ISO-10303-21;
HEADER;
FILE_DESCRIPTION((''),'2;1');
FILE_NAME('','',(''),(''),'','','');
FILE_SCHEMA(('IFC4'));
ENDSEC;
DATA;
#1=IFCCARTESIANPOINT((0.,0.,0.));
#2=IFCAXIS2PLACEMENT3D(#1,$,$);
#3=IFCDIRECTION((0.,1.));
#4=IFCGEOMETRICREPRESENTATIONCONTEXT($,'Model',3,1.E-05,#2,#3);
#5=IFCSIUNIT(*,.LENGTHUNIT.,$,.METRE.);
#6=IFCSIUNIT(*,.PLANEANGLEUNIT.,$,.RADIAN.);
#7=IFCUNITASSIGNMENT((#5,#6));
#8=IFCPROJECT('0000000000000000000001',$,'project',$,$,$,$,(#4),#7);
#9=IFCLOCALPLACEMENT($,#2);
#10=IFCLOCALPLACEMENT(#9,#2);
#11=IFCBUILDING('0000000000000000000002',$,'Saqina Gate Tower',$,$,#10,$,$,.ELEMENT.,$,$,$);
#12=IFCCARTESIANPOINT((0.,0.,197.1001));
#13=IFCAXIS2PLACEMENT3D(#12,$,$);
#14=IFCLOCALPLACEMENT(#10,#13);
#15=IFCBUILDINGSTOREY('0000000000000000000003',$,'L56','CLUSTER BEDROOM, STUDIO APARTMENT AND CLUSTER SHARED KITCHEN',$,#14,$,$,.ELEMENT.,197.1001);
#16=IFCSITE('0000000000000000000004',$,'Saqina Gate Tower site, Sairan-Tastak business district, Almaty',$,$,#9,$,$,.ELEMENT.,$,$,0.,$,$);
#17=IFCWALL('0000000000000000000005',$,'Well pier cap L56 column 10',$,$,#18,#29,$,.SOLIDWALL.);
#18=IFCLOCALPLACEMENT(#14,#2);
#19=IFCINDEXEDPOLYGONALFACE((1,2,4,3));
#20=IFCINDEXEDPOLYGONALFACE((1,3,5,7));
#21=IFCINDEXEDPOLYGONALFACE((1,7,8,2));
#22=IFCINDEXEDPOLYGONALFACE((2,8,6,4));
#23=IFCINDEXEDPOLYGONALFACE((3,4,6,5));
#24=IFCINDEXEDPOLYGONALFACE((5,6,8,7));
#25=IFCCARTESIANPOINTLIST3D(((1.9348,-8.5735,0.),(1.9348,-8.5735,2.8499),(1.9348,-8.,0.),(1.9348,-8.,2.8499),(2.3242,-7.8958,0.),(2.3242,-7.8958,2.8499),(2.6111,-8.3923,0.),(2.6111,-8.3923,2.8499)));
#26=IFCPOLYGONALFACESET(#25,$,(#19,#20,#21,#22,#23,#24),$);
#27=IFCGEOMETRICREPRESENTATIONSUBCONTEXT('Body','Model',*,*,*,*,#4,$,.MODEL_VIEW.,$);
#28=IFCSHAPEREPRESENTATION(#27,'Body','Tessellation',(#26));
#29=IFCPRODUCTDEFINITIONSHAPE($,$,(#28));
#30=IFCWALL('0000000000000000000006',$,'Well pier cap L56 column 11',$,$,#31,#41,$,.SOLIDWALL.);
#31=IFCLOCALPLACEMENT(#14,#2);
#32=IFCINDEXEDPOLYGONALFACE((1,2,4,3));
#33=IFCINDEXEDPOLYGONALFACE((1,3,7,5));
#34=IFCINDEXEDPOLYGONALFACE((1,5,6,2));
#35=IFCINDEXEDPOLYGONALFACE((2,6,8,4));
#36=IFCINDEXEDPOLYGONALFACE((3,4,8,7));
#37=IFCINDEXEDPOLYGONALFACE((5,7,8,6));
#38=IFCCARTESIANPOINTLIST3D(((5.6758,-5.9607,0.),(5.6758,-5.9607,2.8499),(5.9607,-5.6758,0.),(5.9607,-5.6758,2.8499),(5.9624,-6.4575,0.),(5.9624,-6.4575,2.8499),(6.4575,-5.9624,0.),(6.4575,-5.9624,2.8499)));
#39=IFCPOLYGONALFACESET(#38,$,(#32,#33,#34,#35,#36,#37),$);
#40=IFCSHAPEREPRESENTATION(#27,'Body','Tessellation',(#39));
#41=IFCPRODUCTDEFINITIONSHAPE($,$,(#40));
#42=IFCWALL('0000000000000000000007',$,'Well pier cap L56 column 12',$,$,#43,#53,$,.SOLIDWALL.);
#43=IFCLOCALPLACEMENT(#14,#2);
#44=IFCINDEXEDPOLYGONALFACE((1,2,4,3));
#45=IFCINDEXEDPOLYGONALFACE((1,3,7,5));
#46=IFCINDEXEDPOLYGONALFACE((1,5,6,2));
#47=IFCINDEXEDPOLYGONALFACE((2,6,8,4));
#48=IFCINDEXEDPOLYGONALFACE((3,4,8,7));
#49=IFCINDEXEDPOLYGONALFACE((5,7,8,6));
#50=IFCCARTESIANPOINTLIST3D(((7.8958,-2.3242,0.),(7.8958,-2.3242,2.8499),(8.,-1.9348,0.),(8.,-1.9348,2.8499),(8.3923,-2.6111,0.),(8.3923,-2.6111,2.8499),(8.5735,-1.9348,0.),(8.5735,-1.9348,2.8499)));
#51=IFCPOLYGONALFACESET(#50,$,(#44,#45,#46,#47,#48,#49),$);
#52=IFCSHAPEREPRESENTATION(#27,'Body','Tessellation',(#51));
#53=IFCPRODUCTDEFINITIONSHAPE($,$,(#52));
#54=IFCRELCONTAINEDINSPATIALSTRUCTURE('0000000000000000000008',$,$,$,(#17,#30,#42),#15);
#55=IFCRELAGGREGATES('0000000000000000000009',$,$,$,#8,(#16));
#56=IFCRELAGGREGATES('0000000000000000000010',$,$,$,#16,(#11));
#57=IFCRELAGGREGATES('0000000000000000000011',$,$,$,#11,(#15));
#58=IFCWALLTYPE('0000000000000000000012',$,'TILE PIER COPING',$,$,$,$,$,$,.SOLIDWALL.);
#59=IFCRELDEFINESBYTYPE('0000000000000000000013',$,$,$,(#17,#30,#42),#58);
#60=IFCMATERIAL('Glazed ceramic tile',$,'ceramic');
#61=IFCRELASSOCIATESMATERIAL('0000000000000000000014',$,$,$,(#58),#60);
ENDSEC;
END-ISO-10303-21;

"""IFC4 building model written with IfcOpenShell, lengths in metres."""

from ifc_helpers import new_model, si_unit, direction, frame, origin, place, context, subcontext, project, spatial, polyline, outline, extrude, material, type_object, element, save


model = new_model("IFC4")

# Units and contexts
model_context = context("Model", 3, precision=1e-05, world=origin(), true_north=direction((0.0, 1.0)))
body_context = subcontext(model_context, "Body", "Model", "MODEL_VIEW")
ifc_project = project(units=[si_unit("LENGTHUNIT", "METRE"), si_unit("PLANEANGLEUNIT", "RADIAN")], contexts=[model_context])

# Site, building, storey
site_placement = place(None, origin())
site = spatial("IfcSite", under=ifc_project, at=site_placement, Name="Saqina Gate Tower site, Sairan-Tastak business district, Almaty", CompositionType="ELEMENT", RefElevation=0.0)
building_placement = place(site_placement, origin())
building = spatial("IfcBuilding", under=site, at=building_placement, Name="Saqina Gate Tower", CompositionType="ELEMENT")
storey_placement = place(building_placement, frame((0.0, 0.0, 197.1001)))
storey = spatial("IfcBuildingStorey", under=building, at=storey_placement, Name="L56", Description="CLUSTER BEDROOM, STUDIO APARTMENT AND CLUSTER SHARED KITCHEN", CompositionType="ELEMENT", Elevation=197.1001)

# Walls
ifc_material_1 = material(Name="Glazed ceramic tile", Category="ceramic")
wall_type_1 = type_object("IfcWallType", Name="TILE PIER COPING", PredefinedType="SOLIDWALL", material=ifc_material_1)
wall_1_placement = place(storey_placement, origin())
element("IfcWall", 1, at=wall_1_placement, inside=storey, type_object=wall_type_1, Name="Well pier cap L56 column 10", PredefinedType="SOLIDWALL", context=body_context, shape_type="SweptSolid", body=[
    extrude(outline(polyline([(2.6111, -8.3923), (2.3242, -7.8958), (1.9348, -8.0), (1.9348, -8.5735), (2.6111, -8.3923)])), origin(), (0.0, 0.0, 1.0), 2.8499),
])
wall_2_placement = place(storey_placement, origin())
element("IfcWall", 2, at=wall_2_placement, inside=storey, type_object=wall_type_1, Name="Well pier cap L56 column 11", PredefinedType="SOLIDWALL", context=body_context, shape_type="SweptSolid", body=[
    extrude(outline(polyline([(5.9624, -6.4575), (6.4575, -5.9624), (5.9607, -5.6758), (5.6758, -5.9607), (5.9624, -6.4575)])), origin(), (0.0, 0.0, 1.0), 2.8499),
])
wall_3_placement = place(storey_placement, origin())
element("IfcWall", 3, at=wall_3_placement, inside=storey, type_object=wall_type_1, Name="Well pier cap L56 column 12", PredefinedType="SOLIDWALL", context=body_context, shape_type="SweptSolid", body=[
    extrude(outline(polyline([(8.5735, -1.9348), (8.0, -1.9348), (7.8958, -2.3242), (8.3923, -2.6111), (8.5735, -1.9348)])), origin(), (0.0, 0.0, 1.0), 2.8499),
])

save(model, "model.ifc")
